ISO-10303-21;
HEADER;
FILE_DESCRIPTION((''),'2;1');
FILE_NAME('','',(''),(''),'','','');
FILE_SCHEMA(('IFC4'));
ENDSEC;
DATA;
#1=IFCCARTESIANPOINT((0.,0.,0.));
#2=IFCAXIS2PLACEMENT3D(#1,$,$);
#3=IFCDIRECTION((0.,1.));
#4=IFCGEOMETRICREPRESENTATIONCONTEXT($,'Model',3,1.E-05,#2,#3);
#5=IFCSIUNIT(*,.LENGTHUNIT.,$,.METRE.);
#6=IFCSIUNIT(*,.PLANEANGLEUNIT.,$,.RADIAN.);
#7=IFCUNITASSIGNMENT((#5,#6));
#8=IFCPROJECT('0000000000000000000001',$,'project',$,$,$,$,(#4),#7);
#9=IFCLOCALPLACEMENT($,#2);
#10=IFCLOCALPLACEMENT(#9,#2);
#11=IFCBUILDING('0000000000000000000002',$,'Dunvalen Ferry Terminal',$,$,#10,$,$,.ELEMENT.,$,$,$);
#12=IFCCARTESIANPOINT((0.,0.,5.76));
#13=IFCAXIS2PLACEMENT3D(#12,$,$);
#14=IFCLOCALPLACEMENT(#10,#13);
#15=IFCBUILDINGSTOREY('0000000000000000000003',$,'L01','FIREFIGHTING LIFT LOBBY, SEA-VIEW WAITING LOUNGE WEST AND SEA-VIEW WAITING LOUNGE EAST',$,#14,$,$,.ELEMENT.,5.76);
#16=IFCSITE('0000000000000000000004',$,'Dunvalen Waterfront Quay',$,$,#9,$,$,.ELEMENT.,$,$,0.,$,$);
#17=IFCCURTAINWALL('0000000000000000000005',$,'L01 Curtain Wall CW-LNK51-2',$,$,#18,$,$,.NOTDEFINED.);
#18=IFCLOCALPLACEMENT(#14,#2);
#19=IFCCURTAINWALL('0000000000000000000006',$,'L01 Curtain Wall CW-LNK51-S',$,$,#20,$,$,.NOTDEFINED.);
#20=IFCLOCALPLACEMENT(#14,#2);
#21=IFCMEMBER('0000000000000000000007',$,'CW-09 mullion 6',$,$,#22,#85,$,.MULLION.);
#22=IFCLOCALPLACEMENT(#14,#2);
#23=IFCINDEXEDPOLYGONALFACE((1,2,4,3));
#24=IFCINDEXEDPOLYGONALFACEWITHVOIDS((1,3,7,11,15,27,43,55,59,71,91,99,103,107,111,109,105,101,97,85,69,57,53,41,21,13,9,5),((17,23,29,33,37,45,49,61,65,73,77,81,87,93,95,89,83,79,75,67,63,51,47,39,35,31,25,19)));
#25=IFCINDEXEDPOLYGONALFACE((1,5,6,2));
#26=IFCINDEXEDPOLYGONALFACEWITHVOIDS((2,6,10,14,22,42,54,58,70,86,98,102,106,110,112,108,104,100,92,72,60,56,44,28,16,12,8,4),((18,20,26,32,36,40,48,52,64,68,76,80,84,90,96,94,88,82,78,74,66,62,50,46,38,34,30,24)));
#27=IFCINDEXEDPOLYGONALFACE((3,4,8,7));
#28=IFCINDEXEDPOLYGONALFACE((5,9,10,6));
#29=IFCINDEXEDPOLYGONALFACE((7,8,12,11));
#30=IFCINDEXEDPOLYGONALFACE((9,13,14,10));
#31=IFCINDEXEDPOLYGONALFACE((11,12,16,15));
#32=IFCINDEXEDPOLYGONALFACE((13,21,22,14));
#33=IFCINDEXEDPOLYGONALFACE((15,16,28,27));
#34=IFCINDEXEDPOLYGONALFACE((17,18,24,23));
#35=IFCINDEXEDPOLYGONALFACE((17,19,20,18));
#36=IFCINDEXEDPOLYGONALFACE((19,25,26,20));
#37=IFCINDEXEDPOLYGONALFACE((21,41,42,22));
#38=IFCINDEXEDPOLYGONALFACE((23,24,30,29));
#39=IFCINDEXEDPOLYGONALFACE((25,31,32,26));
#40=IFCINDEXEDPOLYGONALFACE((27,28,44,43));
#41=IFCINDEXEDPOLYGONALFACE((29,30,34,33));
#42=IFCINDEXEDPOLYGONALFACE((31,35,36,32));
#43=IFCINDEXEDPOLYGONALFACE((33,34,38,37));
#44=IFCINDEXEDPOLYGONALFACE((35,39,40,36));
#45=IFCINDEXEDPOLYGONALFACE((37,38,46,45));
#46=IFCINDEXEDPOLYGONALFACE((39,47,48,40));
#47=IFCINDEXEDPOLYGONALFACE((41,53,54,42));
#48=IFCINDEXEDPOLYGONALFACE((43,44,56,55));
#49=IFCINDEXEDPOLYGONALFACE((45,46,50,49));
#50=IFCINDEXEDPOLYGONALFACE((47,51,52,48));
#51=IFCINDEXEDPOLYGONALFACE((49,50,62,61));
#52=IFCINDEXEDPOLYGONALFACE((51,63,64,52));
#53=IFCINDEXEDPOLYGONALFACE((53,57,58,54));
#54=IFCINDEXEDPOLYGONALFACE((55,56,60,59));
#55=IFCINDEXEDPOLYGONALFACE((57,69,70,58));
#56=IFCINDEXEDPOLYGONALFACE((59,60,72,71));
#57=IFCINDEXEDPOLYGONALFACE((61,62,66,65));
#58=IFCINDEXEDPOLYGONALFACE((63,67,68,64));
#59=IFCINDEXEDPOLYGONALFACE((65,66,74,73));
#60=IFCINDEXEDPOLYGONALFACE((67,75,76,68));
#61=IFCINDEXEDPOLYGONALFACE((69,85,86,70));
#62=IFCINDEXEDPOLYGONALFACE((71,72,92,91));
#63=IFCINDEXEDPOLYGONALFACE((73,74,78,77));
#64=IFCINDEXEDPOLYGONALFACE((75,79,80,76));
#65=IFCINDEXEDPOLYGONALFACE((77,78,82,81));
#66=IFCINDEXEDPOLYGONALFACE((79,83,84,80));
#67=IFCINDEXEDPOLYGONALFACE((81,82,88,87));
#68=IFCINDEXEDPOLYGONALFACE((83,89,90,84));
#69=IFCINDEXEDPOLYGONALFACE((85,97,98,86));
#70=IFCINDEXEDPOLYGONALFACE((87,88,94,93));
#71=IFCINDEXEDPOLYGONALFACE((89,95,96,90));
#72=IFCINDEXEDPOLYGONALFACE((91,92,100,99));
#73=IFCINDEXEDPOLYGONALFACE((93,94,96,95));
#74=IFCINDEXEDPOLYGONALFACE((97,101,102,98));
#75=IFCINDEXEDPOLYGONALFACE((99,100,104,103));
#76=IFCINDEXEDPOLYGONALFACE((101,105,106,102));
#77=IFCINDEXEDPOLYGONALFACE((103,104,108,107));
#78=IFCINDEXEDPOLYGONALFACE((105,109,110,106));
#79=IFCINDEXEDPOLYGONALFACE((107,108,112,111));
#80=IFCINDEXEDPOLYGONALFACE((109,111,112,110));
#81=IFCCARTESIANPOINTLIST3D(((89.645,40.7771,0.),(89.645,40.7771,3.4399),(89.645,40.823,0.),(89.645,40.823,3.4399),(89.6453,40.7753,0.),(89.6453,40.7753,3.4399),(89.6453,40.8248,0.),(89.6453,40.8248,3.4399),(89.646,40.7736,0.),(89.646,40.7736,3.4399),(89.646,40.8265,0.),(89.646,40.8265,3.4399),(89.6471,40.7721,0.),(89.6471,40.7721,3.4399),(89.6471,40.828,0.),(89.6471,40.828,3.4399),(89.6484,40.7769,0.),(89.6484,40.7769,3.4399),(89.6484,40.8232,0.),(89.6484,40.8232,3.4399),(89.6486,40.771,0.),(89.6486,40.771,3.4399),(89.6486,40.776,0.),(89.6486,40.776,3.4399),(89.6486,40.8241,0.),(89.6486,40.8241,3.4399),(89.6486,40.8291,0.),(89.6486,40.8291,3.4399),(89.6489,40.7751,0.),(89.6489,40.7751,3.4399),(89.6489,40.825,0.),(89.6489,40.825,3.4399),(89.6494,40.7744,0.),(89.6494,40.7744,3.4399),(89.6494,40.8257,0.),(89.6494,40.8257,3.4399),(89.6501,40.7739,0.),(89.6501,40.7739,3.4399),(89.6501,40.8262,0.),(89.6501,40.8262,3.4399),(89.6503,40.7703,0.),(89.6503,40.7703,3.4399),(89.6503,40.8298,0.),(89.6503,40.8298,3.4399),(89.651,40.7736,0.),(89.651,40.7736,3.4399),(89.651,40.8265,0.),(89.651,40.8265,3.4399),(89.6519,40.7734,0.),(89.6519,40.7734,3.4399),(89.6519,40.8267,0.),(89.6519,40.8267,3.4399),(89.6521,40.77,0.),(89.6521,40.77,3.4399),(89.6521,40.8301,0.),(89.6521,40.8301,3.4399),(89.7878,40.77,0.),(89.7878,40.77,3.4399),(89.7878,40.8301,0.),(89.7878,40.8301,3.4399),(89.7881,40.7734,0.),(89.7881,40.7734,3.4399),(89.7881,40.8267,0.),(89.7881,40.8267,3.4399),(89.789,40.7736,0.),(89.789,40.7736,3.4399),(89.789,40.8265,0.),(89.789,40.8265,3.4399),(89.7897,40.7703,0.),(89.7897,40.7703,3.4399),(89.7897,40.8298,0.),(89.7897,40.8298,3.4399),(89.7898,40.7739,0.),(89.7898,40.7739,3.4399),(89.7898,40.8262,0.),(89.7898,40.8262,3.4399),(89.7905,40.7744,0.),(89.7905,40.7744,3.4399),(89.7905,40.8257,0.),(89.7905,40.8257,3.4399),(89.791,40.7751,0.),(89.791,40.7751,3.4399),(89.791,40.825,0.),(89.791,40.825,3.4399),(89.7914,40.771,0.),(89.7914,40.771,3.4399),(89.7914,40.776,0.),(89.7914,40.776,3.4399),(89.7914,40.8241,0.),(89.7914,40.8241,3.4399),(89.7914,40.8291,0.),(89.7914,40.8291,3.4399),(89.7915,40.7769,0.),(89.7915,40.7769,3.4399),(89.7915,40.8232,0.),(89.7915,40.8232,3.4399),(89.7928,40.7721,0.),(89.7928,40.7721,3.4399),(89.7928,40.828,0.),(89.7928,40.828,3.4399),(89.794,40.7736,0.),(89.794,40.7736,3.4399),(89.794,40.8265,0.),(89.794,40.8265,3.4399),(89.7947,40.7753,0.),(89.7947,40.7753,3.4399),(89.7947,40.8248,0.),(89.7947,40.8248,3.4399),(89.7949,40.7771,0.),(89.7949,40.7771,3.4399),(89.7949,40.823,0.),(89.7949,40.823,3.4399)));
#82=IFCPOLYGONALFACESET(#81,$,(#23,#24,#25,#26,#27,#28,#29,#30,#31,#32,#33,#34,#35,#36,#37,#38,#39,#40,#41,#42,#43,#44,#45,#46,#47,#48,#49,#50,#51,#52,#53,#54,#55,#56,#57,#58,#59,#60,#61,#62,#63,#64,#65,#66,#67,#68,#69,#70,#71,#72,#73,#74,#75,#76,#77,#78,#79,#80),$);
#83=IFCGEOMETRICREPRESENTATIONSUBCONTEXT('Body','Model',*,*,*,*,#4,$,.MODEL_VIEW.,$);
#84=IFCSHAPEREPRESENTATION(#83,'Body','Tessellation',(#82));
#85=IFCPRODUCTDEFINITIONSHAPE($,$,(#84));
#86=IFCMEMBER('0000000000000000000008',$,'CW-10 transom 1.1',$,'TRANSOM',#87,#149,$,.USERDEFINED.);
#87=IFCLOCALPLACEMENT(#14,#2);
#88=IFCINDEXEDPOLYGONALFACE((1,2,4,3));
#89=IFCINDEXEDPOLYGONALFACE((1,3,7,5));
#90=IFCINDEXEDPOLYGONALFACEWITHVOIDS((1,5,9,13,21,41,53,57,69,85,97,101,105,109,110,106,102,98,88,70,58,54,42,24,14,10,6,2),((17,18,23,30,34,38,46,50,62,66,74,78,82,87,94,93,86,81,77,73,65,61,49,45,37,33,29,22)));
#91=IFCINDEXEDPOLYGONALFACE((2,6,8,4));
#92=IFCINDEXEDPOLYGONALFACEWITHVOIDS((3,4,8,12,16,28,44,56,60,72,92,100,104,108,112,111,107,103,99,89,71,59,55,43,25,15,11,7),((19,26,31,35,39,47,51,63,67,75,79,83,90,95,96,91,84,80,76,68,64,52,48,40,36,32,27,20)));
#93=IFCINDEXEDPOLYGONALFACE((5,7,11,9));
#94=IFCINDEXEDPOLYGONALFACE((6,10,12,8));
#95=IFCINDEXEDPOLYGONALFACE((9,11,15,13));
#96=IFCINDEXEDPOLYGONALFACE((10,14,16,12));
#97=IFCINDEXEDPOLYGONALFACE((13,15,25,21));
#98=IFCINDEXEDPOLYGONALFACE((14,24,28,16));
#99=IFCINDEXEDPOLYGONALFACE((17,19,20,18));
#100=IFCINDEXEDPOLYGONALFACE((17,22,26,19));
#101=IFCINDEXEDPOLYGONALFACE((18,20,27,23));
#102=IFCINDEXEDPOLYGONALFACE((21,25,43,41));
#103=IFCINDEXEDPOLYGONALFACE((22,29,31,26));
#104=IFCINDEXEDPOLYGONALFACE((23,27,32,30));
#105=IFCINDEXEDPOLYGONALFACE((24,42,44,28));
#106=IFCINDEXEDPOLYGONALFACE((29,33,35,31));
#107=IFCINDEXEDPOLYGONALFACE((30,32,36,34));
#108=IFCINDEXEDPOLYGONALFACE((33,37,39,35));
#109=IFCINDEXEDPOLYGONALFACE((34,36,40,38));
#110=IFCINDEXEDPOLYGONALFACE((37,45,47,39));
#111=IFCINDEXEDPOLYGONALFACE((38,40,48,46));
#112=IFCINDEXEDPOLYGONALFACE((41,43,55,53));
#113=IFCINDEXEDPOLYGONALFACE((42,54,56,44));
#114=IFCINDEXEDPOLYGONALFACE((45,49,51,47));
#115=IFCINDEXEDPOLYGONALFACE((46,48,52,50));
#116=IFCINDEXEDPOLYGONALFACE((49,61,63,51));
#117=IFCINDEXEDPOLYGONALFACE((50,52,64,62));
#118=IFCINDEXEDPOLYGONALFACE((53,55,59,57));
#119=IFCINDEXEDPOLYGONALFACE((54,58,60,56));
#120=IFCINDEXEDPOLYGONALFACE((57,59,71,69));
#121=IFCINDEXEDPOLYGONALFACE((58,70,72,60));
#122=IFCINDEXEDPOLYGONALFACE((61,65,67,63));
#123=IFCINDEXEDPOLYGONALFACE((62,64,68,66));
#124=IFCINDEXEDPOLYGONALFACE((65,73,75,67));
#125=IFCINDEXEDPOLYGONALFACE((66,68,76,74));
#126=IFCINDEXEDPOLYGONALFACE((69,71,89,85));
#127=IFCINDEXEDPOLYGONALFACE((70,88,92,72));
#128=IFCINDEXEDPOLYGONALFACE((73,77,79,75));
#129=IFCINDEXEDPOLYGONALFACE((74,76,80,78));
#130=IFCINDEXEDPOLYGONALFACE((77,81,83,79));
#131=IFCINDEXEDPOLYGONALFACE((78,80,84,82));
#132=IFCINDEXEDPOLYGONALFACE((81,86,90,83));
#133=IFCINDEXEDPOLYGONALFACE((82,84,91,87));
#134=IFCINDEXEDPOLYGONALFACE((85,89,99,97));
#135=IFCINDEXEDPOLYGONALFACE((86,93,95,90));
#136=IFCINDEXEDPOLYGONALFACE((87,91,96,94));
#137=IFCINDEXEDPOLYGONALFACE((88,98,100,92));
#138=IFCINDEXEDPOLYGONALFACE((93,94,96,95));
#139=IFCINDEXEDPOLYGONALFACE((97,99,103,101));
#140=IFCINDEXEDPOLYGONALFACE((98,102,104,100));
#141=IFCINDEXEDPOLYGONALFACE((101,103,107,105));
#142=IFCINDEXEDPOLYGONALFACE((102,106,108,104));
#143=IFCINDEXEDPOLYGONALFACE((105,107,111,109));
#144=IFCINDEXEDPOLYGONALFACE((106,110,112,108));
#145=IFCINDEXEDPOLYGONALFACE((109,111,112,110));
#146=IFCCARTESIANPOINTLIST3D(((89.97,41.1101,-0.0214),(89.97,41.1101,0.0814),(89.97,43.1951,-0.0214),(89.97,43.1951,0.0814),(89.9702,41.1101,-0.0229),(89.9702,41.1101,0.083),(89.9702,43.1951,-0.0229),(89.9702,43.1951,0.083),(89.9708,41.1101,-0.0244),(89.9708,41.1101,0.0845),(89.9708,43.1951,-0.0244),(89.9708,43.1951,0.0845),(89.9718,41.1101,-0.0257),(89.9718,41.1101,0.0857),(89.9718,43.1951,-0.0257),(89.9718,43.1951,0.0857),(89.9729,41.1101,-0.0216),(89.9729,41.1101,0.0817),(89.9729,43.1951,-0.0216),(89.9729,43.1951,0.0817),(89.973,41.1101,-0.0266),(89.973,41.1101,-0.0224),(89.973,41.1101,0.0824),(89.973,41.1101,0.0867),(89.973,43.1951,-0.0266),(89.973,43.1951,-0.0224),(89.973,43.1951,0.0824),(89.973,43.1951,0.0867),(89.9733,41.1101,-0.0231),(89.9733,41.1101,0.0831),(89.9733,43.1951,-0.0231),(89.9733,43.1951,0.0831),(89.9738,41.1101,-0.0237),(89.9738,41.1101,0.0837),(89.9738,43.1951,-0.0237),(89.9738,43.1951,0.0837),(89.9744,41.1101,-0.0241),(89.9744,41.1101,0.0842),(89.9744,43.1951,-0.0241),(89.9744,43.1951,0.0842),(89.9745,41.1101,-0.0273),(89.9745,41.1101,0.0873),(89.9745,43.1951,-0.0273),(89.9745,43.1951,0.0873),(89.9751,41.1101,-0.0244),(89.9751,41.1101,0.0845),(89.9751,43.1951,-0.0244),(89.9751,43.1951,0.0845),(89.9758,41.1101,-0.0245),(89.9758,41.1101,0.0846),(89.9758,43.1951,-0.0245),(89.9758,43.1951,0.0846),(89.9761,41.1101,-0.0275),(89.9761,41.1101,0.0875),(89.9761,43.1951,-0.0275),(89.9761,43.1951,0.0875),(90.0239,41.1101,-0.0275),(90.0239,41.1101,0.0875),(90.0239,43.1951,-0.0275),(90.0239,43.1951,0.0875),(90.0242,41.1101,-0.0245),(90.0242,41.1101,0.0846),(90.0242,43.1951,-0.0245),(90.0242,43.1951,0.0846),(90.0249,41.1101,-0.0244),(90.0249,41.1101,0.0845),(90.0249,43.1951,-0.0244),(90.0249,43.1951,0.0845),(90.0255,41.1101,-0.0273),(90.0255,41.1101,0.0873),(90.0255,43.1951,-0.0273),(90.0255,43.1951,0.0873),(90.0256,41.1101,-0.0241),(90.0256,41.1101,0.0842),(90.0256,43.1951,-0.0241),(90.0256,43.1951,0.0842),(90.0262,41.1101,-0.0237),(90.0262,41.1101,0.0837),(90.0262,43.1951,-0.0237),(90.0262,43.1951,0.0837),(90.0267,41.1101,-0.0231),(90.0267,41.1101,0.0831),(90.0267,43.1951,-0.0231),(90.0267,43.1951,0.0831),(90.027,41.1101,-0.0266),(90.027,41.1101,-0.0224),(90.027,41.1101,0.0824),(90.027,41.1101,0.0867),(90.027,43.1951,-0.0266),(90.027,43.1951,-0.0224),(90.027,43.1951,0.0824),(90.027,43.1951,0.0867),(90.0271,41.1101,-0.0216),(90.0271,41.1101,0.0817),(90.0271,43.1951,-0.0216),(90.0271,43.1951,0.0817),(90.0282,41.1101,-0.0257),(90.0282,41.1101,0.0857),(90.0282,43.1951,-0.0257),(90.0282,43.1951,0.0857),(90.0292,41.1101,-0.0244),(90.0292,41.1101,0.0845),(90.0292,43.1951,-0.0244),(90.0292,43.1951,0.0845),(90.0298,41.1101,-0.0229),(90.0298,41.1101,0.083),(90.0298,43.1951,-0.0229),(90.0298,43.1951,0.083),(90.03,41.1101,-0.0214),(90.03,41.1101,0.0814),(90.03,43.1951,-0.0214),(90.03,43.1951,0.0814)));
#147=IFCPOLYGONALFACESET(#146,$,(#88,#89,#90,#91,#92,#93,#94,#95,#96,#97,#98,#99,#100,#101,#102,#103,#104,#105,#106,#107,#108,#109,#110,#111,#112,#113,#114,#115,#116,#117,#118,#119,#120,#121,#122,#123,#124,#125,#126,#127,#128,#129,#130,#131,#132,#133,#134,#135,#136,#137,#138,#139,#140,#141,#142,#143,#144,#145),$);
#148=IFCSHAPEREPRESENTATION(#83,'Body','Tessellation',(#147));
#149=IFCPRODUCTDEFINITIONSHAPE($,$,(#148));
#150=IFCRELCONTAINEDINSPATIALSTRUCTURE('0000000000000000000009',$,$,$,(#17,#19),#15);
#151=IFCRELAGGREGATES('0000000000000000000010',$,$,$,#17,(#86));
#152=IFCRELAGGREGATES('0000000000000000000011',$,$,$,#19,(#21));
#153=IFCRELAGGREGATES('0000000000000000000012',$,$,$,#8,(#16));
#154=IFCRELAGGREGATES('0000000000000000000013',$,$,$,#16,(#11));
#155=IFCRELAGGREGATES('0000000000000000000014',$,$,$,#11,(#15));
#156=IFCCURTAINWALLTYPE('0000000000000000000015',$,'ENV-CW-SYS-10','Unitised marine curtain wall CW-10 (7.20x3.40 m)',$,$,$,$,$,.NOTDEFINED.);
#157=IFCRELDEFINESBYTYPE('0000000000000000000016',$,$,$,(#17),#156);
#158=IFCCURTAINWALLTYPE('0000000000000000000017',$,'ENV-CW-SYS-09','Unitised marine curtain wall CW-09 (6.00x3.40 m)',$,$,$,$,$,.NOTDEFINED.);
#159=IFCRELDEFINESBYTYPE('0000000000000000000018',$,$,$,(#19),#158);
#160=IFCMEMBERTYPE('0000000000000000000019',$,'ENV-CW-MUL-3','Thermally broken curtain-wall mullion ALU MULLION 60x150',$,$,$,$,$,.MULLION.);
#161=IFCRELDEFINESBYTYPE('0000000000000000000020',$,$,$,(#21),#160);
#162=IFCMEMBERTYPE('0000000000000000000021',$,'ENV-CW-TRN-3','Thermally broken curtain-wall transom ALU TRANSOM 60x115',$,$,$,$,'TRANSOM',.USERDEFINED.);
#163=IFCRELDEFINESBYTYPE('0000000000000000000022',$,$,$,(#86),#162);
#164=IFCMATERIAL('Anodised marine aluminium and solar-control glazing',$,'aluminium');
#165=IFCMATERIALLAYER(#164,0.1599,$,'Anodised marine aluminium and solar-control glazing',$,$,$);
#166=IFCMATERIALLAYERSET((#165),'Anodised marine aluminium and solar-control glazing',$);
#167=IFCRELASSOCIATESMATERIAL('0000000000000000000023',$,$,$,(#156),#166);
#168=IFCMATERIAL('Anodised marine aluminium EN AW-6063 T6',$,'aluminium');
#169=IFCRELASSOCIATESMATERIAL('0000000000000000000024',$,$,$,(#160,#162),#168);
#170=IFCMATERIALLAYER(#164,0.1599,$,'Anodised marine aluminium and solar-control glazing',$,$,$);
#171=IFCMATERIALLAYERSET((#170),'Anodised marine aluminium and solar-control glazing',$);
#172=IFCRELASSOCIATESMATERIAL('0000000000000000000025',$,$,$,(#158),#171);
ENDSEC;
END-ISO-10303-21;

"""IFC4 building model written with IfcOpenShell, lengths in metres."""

from ifc_helpers import new_model, si_unit, direction, frame, origin, origin_2d, place, context, subcontext, project, spatial, hollow_rectangle, extrude, material, layer, layer_set, material_profile, profile_set, type_object, element, aggregate, save


model = new_model("IFC4")

# Units and contexts
model_context = context("Model", 3, precision=1e-05, world=origin(), true_north=direction((0.0, 1.0)))
body_context = subcontext(model_context, "Body", "Model", "MODEL_VIEW")
ifc_project = project(units=[si_unit("LENGTHUNIT", "METRE"), si_unit("PLANEANGLEUNIT", "RADIAN")], contexts=[model_context])

# Site, building, storey
site_placement = place(None, origin())
site = spatial("IfcSite", under=ifc_project, at=site_placement, Name="Dunvalen Waterfront Quay", CompositionType="ELEMENT", RefElevation=0.0)
building_placement = place(site_placement, origin())
building = spatial("IfcBuilding", under=site, at=building_placement, Name="Dunvalen Ferry Terminal", CompositionType="ELEMENT")
storey_placement = place(building_placement, frame((0.0, 0.0, 5.76)))
storey = spatial("IfcBuildingStorey", under=building, at=storey_placement, Name="L01", Description="FIREFIGHTING LIFT LOBBY, SEA-VIEW WAITING LOUNGE WEST AND SEA-VIEW WAITING LOUNGE EAST", CompositionType="ELEMENT", Elevation=5.76)

# Curtain wall
ifc_material_1 = material(Name="Anodised marine aluminium and solar-control glazing", Category="aluminium")
ifc_layer_1 = layer(ifc_material_1, 0.1599, Name="Anodised marine aluminium and solar-control glazing")
ifc_layer_set_1 = layer_set([ifc_layer_1], Name="Anodised marine aluminium and solar-control glazing")
curtain_wall_type_1 = type_object("IfcCurtainWallType", Name="ENV-CW-SYS-10", Description="Unitised marine curtain wall CW-10 (7.20x3.40 m)", PredefinedType="NOTDEFINED", material=ifc_layer_set_1)
curtain_wall_1_placement = place(storey_placement, origin())
curtain_wall_1 = element("IfcCurtainWall", 1, at=curtain_wall_1_placement, inside=storey, type_object=curtain_wall_type_1, Name="L01 Curtain Wall CW-LNK51-2", PredefinedType="NOTDEFINED")
ifc_material_2 = material(Name="Anodised marine aluminium EN AW-6063 T6", Category="aluminium")
ifc_material_profile_1 = material_profile(ifc_material_2, hollow_rectangle(XDim=0.0601, YDim=0.1499, WallThickness=0.0034, InnerFilletRadius=0.0034, OuterFilletRadius=0.0071, at=origin_2d()), Name="Anodised marine aluminium EN AW-6063 T6")
ifc_profile_set_1 = profile_set([ifc_material_profile_1], Name="Anodised marine aluminium EN AW-6063 T6")
member_type_1 = type_object("IfcMemberType", Name="ENV-CW-MUL-3", Description="Thermally broken curtain-wall mullion ALU MULLION 60x150", PredefinedType="MULLION", material=ifc_profile_set_1)

# Curtain wall, member
ifc_layer_2 = layer(ifc_material_1, 0.1599, Name="Anodised marine aluminium and solar-control glazing")
ifc_layer_set_2 = layer_set([ifc_layer_2], Name="Anodised marine aluminium and solar-control glazing")
curtain_wall_type_2 = type_object("IfcCurtainWallType", Name="ENV-CW-SYS-09", Description="Unitised marine curtain wall CW-09 (6.00x3.40 m)", PredefinedType="NOTDEFINED", material=ifc_layer_set_2)
curtain_wall_2_placement = place(storey_placement, origin())
curtain_wall_2 = element("IfcCurtainWall", 2, at=curtain_wall_2_placement, inside=storey, type_object=curtain_wall_type_2, Name="L01 Curtain Wall CW-LNK51-S", PredefinedType="NOTDEFINED")
member_1_placement = place(storey_placement, frame((89.72, 40.8, 0.0), z_axis=(0.0, 0.0, 1.0), x_axis=(0.0, 1.0, 0.0)))
member_1 = element("IfcMember", 3, at=member_1_placement, type_object=member_type_1, Name="CW-09 mullion 6", PredefinedType="MULLION", context=body_context, shape_type="SweptSolid", body=[
    extrude(hollow_rectangle(XDim=0.0601, YDim=0.1499, WallThickness=0.0034, InnerFilletRadius=0.0034, OuterFilletRadius=0.0071, at=origin_2d()), origin(), (0.0, 0.0, 1.0), 3.4399),
])

# Member
ifc_material_profile_2 = material_profile(ifc_material_2, hollow_rectangle(XDim=0.0601, YDim=0.115, WallThickness=0.0029, InnerFilletRadius=0.0029, OuterFilletRadius=0.0061, at=origin_2d()), Name="Anodised marine aluminium EN AW-6063 T6")
ifc_profile_set_2 = profile_set([ifc_material_profile_2], Name="Anodised marine aluminium EN AW-6063 T6")
member_type_2 = type_object("IfcMemberType", Name="ENV-CW-TRN-3", Description="Thermally broken curtain-wall transom ALU TRANSOM 60x115", ElementType="TRANSOM", PredefinedType="USERDEFINED", material=ifc_profile_set_2)
member_2_placement = place(storey_placement, frame((90.0, 41.1101, 0.03), z_axis=(0.0, 1.0, 0.0), x_axis=(-1.0, 0.0, 0.0)))
member_2 = element("IfcMember", 4, at=member_2_placement, type_object=member_type_2, Name="CW-10 transom 1.1", ObjectType="TRANSOM", PredefinedType="USERDEFINED", context=body_context, shape_type="SweptSolid", body=[
    extrude(hollow_rectangle(XDim=0.0601, YDim=0.115, WallThickness=0.0029, InnerFilletRadius=0.0029, OuterFilletRadius=0.0061, at=origin_2d()), origin(), (0.0, 0.0, 1.0), 2.085),
])
aggregate(curtain_wall_1, [member_2])

aggregate(curtain_wall_2, [member_1])

save(model, "model.ifc")
